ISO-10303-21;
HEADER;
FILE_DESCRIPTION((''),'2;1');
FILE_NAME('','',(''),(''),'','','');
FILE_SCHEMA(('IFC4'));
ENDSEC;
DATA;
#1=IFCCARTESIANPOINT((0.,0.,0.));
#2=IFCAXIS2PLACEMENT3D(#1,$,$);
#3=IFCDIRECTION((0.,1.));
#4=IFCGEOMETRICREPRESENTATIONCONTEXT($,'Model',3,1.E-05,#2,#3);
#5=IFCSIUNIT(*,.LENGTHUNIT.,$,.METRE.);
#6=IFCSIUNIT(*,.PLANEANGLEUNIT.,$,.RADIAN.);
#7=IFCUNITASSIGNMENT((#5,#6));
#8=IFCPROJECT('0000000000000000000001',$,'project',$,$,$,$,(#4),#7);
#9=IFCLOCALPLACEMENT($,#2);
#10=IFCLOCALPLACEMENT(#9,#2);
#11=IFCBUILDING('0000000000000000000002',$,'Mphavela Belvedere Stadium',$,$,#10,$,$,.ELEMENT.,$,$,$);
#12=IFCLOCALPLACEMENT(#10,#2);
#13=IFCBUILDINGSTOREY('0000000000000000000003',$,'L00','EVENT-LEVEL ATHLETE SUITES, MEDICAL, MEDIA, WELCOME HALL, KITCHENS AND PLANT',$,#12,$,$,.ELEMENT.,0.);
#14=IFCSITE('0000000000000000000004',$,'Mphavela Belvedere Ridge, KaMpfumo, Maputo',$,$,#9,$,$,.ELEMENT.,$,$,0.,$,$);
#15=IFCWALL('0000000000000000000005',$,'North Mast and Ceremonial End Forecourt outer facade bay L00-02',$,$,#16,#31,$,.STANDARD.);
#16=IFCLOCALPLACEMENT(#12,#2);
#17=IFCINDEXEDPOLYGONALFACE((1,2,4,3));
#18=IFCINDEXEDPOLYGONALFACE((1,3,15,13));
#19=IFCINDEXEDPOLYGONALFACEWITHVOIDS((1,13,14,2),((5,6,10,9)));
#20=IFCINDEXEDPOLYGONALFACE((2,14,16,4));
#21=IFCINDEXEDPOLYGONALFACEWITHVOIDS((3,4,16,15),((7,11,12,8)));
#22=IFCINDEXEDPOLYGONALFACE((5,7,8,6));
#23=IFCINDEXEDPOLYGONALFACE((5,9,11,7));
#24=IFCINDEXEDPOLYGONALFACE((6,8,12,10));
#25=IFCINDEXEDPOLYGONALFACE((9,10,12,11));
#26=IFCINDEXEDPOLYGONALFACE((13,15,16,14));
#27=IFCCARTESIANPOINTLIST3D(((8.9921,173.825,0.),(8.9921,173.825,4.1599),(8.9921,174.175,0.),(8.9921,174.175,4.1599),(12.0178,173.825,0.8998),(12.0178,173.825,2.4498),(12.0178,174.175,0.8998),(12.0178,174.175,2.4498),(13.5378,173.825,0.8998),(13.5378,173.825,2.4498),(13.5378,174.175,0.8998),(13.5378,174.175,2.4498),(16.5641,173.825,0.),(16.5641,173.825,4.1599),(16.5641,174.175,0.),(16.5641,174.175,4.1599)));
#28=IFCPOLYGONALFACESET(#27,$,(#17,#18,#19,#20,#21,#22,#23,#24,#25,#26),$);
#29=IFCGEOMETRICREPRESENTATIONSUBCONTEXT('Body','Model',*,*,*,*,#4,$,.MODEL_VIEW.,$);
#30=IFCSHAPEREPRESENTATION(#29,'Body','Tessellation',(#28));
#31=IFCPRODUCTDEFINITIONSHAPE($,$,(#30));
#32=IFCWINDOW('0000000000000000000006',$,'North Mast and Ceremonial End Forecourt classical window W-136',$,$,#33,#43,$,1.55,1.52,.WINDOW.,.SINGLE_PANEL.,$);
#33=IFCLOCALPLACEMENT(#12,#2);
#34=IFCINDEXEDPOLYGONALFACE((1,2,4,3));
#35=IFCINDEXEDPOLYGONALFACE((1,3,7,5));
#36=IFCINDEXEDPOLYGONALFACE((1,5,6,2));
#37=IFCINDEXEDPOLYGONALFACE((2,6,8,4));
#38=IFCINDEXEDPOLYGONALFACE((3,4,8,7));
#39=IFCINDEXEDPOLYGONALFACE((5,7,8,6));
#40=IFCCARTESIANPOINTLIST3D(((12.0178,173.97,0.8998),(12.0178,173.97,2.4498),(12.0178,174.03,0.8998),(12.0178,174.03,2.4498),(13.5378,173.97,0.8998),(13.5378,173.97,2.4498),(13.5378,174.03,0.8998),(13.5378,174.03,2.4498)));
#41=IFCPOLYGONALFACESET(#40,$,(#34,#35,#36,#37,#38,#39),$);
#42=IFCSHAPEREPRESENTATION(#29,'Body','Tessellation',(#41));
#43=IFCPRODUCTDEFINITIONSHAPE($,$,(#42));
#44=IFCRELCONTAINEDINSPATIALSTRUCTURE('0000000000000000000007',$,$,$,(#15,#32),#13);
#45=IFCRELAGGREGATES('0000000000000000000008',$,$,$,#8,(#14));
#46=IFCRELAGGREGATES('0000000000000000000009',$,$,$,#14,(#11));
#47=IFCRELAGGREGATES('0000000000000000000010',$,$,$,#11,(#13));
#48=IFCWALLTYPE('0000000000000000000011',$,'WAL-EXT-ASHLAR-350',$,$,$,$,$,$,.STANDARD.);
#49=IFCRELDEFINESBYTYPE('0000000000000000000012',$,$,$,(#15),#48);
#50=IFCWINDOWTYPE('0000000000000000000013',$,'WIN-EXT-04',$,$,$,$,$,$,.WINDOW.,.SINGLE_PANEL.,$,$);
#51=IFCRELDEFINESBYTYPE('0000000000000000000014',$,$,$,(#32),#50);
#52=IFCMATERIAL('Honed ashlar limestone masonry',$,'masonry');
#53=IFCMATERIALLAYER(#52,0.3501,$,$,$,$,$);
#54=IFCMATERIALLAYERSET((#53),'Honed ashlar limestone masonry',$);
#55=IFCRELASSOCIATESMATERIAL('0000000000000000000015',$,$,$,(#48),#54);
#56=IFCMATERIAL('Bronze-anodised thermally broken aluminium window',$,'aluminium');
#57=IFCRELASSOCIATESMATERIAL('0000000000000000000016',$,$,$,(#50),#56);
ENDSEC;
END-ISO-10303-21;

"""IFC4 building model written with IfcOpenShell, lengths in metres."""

from ifc_helpers import new_model, si_unit, direction, frame, frame_2d, origin, place, context, subcontext, project, spatial, rectangle, extrude, material, layer, layer_set, type_object, element, fill, save


model = new_model("IFC4")

# Units and contexts
model_context = context("Model", 3, precision=1e-05, world=origin(), true_north=direction((0.0, 1.0)))
body_context = subcontext(model_context, "Body", "Model", "MODEL_VIEW")
ifc_project = project(units=[si_unit("LENGTHUNIT", "METRE"), si_unit("PLANEANGLEUNIT", "RADIAN")], contexts=[model_context])

# Site, building, storey
site_placement = place(None, origin())
site = spatial("IfcSite", under=ifc_project, at=site_placement, Name="Mphavela Belvedere Ridge, KaMpfumo, Maputo", CompositionType="ELEMENT", RefElevation=0.0)
building_placement = place(site_placement, origin())
building = spatial("IfcBuilding", under=site, at=building_placement, Name="Mphavela Belvedere Stadium", CompositionType="ELEMENT")
storey_placement = place(building_placement, origin())
storey = spatial("IfcBuildingStorey", under=building, at=storey_placement, Name="L00", Description="EVENT-LEVEL ATHLETE SUITES, MEDICAL, MEDIA, WELCOME HALL, KITCHENS AND PLANT", CompositionType="ELEMENT", Elevation=0.0)

# Shared definitions
ifc_material_1 = material(Name="Honed ashlar limestone masonry", Category="masonry")
ifc_layer = layer(ifc_material_1, 0.3501)
ifc_layer_set = layer_set([ifc_layer], Name="Honed ashlar limestone masonry")
wall_type = type_object("IfcWallType", Name="WAL-EXT-ASHLAR-350", PredefinedType="STANDARD", material=ifc_layer_set)

# Wall, opening, window
wall_1_placement = place(storey_placement, frame((8.9919, 174.0, 0.0), z_axis=(0.0, 0.0, 1.0), x_axis=(1.0, 0.0, 0.0)))
wall_1 = element("IfcWall", 1, at=wall_1_placement, inside=storey, type_object=wall_type, Name="North Mast and Ceremonial End Forecourt outer facade bay L00-02", PredefinedType="STANDARD", context=body_context, shape_type="SweptSolid", body=[
    extrude(rectangle(XDim=7.572, YDim=0.3501, at=frame_2d((3.7861, 0.0))), origin(), (0.0, 0.0, 1.0), 4.1599),
])
opening_1_placement = place(wall_1_placement, frame((3.0259, 0.0, 0.8999)))
opening_1 = element("IfcOpeningElement", 2, at=opening_1_placement, cuts=wall_1, PredefinedType="OPENING", context=body_context, shape_type="SweptSolid", body=[
    extrude(rectangle(XDim=1.52, YDim=1.55, at=frame_2d((0.76, 0.7749))), frame((0.0, 0.1851, 0.0), z_axis=(0.0, -1.0, 0.0), x_axis=(1.0, 0.0, 0.0)), (0.0, 0.0, 1.0), 0.3701),
])
ifc_material_2 = material(Name="Bronze-anodised thermally broken aluminium window", Category="aluminium")
window_type = type_object("IfcWindowType", Name="WIN-EXT-04", PartitioningType="SINGLE_PANEL", PredefinedType="WINDOW", material=ifc_material_2)
window_placement = place(opening_1_placement, origin())
window = element("IfcWindow", 3, at=window_placement, inside=storey, type_object=window_type, Name="North Mast and Ceremonial End Forecourt classical window W-136", OverallHeight=1.55, OverallWidth=1.52, PartitioningType="SINGLE_PANEL", PredefinedType="WINDOW", context=body_context, shape_type="SweptSolid", body=[
    extrude(rectangle(XDim=1.52, YDim=1.55, at=frame_2d((0.76, 0.7749))), frame((0.0, 0.03, 0.0), z_axis=(0.0, -1.0, 0.0), x_axis=(1.0, 0.0, 0.0)), (0.0, 0.0, 1.0), 0.0601),
])
fill(opening_1, window)

save(model, "model.ifc")
